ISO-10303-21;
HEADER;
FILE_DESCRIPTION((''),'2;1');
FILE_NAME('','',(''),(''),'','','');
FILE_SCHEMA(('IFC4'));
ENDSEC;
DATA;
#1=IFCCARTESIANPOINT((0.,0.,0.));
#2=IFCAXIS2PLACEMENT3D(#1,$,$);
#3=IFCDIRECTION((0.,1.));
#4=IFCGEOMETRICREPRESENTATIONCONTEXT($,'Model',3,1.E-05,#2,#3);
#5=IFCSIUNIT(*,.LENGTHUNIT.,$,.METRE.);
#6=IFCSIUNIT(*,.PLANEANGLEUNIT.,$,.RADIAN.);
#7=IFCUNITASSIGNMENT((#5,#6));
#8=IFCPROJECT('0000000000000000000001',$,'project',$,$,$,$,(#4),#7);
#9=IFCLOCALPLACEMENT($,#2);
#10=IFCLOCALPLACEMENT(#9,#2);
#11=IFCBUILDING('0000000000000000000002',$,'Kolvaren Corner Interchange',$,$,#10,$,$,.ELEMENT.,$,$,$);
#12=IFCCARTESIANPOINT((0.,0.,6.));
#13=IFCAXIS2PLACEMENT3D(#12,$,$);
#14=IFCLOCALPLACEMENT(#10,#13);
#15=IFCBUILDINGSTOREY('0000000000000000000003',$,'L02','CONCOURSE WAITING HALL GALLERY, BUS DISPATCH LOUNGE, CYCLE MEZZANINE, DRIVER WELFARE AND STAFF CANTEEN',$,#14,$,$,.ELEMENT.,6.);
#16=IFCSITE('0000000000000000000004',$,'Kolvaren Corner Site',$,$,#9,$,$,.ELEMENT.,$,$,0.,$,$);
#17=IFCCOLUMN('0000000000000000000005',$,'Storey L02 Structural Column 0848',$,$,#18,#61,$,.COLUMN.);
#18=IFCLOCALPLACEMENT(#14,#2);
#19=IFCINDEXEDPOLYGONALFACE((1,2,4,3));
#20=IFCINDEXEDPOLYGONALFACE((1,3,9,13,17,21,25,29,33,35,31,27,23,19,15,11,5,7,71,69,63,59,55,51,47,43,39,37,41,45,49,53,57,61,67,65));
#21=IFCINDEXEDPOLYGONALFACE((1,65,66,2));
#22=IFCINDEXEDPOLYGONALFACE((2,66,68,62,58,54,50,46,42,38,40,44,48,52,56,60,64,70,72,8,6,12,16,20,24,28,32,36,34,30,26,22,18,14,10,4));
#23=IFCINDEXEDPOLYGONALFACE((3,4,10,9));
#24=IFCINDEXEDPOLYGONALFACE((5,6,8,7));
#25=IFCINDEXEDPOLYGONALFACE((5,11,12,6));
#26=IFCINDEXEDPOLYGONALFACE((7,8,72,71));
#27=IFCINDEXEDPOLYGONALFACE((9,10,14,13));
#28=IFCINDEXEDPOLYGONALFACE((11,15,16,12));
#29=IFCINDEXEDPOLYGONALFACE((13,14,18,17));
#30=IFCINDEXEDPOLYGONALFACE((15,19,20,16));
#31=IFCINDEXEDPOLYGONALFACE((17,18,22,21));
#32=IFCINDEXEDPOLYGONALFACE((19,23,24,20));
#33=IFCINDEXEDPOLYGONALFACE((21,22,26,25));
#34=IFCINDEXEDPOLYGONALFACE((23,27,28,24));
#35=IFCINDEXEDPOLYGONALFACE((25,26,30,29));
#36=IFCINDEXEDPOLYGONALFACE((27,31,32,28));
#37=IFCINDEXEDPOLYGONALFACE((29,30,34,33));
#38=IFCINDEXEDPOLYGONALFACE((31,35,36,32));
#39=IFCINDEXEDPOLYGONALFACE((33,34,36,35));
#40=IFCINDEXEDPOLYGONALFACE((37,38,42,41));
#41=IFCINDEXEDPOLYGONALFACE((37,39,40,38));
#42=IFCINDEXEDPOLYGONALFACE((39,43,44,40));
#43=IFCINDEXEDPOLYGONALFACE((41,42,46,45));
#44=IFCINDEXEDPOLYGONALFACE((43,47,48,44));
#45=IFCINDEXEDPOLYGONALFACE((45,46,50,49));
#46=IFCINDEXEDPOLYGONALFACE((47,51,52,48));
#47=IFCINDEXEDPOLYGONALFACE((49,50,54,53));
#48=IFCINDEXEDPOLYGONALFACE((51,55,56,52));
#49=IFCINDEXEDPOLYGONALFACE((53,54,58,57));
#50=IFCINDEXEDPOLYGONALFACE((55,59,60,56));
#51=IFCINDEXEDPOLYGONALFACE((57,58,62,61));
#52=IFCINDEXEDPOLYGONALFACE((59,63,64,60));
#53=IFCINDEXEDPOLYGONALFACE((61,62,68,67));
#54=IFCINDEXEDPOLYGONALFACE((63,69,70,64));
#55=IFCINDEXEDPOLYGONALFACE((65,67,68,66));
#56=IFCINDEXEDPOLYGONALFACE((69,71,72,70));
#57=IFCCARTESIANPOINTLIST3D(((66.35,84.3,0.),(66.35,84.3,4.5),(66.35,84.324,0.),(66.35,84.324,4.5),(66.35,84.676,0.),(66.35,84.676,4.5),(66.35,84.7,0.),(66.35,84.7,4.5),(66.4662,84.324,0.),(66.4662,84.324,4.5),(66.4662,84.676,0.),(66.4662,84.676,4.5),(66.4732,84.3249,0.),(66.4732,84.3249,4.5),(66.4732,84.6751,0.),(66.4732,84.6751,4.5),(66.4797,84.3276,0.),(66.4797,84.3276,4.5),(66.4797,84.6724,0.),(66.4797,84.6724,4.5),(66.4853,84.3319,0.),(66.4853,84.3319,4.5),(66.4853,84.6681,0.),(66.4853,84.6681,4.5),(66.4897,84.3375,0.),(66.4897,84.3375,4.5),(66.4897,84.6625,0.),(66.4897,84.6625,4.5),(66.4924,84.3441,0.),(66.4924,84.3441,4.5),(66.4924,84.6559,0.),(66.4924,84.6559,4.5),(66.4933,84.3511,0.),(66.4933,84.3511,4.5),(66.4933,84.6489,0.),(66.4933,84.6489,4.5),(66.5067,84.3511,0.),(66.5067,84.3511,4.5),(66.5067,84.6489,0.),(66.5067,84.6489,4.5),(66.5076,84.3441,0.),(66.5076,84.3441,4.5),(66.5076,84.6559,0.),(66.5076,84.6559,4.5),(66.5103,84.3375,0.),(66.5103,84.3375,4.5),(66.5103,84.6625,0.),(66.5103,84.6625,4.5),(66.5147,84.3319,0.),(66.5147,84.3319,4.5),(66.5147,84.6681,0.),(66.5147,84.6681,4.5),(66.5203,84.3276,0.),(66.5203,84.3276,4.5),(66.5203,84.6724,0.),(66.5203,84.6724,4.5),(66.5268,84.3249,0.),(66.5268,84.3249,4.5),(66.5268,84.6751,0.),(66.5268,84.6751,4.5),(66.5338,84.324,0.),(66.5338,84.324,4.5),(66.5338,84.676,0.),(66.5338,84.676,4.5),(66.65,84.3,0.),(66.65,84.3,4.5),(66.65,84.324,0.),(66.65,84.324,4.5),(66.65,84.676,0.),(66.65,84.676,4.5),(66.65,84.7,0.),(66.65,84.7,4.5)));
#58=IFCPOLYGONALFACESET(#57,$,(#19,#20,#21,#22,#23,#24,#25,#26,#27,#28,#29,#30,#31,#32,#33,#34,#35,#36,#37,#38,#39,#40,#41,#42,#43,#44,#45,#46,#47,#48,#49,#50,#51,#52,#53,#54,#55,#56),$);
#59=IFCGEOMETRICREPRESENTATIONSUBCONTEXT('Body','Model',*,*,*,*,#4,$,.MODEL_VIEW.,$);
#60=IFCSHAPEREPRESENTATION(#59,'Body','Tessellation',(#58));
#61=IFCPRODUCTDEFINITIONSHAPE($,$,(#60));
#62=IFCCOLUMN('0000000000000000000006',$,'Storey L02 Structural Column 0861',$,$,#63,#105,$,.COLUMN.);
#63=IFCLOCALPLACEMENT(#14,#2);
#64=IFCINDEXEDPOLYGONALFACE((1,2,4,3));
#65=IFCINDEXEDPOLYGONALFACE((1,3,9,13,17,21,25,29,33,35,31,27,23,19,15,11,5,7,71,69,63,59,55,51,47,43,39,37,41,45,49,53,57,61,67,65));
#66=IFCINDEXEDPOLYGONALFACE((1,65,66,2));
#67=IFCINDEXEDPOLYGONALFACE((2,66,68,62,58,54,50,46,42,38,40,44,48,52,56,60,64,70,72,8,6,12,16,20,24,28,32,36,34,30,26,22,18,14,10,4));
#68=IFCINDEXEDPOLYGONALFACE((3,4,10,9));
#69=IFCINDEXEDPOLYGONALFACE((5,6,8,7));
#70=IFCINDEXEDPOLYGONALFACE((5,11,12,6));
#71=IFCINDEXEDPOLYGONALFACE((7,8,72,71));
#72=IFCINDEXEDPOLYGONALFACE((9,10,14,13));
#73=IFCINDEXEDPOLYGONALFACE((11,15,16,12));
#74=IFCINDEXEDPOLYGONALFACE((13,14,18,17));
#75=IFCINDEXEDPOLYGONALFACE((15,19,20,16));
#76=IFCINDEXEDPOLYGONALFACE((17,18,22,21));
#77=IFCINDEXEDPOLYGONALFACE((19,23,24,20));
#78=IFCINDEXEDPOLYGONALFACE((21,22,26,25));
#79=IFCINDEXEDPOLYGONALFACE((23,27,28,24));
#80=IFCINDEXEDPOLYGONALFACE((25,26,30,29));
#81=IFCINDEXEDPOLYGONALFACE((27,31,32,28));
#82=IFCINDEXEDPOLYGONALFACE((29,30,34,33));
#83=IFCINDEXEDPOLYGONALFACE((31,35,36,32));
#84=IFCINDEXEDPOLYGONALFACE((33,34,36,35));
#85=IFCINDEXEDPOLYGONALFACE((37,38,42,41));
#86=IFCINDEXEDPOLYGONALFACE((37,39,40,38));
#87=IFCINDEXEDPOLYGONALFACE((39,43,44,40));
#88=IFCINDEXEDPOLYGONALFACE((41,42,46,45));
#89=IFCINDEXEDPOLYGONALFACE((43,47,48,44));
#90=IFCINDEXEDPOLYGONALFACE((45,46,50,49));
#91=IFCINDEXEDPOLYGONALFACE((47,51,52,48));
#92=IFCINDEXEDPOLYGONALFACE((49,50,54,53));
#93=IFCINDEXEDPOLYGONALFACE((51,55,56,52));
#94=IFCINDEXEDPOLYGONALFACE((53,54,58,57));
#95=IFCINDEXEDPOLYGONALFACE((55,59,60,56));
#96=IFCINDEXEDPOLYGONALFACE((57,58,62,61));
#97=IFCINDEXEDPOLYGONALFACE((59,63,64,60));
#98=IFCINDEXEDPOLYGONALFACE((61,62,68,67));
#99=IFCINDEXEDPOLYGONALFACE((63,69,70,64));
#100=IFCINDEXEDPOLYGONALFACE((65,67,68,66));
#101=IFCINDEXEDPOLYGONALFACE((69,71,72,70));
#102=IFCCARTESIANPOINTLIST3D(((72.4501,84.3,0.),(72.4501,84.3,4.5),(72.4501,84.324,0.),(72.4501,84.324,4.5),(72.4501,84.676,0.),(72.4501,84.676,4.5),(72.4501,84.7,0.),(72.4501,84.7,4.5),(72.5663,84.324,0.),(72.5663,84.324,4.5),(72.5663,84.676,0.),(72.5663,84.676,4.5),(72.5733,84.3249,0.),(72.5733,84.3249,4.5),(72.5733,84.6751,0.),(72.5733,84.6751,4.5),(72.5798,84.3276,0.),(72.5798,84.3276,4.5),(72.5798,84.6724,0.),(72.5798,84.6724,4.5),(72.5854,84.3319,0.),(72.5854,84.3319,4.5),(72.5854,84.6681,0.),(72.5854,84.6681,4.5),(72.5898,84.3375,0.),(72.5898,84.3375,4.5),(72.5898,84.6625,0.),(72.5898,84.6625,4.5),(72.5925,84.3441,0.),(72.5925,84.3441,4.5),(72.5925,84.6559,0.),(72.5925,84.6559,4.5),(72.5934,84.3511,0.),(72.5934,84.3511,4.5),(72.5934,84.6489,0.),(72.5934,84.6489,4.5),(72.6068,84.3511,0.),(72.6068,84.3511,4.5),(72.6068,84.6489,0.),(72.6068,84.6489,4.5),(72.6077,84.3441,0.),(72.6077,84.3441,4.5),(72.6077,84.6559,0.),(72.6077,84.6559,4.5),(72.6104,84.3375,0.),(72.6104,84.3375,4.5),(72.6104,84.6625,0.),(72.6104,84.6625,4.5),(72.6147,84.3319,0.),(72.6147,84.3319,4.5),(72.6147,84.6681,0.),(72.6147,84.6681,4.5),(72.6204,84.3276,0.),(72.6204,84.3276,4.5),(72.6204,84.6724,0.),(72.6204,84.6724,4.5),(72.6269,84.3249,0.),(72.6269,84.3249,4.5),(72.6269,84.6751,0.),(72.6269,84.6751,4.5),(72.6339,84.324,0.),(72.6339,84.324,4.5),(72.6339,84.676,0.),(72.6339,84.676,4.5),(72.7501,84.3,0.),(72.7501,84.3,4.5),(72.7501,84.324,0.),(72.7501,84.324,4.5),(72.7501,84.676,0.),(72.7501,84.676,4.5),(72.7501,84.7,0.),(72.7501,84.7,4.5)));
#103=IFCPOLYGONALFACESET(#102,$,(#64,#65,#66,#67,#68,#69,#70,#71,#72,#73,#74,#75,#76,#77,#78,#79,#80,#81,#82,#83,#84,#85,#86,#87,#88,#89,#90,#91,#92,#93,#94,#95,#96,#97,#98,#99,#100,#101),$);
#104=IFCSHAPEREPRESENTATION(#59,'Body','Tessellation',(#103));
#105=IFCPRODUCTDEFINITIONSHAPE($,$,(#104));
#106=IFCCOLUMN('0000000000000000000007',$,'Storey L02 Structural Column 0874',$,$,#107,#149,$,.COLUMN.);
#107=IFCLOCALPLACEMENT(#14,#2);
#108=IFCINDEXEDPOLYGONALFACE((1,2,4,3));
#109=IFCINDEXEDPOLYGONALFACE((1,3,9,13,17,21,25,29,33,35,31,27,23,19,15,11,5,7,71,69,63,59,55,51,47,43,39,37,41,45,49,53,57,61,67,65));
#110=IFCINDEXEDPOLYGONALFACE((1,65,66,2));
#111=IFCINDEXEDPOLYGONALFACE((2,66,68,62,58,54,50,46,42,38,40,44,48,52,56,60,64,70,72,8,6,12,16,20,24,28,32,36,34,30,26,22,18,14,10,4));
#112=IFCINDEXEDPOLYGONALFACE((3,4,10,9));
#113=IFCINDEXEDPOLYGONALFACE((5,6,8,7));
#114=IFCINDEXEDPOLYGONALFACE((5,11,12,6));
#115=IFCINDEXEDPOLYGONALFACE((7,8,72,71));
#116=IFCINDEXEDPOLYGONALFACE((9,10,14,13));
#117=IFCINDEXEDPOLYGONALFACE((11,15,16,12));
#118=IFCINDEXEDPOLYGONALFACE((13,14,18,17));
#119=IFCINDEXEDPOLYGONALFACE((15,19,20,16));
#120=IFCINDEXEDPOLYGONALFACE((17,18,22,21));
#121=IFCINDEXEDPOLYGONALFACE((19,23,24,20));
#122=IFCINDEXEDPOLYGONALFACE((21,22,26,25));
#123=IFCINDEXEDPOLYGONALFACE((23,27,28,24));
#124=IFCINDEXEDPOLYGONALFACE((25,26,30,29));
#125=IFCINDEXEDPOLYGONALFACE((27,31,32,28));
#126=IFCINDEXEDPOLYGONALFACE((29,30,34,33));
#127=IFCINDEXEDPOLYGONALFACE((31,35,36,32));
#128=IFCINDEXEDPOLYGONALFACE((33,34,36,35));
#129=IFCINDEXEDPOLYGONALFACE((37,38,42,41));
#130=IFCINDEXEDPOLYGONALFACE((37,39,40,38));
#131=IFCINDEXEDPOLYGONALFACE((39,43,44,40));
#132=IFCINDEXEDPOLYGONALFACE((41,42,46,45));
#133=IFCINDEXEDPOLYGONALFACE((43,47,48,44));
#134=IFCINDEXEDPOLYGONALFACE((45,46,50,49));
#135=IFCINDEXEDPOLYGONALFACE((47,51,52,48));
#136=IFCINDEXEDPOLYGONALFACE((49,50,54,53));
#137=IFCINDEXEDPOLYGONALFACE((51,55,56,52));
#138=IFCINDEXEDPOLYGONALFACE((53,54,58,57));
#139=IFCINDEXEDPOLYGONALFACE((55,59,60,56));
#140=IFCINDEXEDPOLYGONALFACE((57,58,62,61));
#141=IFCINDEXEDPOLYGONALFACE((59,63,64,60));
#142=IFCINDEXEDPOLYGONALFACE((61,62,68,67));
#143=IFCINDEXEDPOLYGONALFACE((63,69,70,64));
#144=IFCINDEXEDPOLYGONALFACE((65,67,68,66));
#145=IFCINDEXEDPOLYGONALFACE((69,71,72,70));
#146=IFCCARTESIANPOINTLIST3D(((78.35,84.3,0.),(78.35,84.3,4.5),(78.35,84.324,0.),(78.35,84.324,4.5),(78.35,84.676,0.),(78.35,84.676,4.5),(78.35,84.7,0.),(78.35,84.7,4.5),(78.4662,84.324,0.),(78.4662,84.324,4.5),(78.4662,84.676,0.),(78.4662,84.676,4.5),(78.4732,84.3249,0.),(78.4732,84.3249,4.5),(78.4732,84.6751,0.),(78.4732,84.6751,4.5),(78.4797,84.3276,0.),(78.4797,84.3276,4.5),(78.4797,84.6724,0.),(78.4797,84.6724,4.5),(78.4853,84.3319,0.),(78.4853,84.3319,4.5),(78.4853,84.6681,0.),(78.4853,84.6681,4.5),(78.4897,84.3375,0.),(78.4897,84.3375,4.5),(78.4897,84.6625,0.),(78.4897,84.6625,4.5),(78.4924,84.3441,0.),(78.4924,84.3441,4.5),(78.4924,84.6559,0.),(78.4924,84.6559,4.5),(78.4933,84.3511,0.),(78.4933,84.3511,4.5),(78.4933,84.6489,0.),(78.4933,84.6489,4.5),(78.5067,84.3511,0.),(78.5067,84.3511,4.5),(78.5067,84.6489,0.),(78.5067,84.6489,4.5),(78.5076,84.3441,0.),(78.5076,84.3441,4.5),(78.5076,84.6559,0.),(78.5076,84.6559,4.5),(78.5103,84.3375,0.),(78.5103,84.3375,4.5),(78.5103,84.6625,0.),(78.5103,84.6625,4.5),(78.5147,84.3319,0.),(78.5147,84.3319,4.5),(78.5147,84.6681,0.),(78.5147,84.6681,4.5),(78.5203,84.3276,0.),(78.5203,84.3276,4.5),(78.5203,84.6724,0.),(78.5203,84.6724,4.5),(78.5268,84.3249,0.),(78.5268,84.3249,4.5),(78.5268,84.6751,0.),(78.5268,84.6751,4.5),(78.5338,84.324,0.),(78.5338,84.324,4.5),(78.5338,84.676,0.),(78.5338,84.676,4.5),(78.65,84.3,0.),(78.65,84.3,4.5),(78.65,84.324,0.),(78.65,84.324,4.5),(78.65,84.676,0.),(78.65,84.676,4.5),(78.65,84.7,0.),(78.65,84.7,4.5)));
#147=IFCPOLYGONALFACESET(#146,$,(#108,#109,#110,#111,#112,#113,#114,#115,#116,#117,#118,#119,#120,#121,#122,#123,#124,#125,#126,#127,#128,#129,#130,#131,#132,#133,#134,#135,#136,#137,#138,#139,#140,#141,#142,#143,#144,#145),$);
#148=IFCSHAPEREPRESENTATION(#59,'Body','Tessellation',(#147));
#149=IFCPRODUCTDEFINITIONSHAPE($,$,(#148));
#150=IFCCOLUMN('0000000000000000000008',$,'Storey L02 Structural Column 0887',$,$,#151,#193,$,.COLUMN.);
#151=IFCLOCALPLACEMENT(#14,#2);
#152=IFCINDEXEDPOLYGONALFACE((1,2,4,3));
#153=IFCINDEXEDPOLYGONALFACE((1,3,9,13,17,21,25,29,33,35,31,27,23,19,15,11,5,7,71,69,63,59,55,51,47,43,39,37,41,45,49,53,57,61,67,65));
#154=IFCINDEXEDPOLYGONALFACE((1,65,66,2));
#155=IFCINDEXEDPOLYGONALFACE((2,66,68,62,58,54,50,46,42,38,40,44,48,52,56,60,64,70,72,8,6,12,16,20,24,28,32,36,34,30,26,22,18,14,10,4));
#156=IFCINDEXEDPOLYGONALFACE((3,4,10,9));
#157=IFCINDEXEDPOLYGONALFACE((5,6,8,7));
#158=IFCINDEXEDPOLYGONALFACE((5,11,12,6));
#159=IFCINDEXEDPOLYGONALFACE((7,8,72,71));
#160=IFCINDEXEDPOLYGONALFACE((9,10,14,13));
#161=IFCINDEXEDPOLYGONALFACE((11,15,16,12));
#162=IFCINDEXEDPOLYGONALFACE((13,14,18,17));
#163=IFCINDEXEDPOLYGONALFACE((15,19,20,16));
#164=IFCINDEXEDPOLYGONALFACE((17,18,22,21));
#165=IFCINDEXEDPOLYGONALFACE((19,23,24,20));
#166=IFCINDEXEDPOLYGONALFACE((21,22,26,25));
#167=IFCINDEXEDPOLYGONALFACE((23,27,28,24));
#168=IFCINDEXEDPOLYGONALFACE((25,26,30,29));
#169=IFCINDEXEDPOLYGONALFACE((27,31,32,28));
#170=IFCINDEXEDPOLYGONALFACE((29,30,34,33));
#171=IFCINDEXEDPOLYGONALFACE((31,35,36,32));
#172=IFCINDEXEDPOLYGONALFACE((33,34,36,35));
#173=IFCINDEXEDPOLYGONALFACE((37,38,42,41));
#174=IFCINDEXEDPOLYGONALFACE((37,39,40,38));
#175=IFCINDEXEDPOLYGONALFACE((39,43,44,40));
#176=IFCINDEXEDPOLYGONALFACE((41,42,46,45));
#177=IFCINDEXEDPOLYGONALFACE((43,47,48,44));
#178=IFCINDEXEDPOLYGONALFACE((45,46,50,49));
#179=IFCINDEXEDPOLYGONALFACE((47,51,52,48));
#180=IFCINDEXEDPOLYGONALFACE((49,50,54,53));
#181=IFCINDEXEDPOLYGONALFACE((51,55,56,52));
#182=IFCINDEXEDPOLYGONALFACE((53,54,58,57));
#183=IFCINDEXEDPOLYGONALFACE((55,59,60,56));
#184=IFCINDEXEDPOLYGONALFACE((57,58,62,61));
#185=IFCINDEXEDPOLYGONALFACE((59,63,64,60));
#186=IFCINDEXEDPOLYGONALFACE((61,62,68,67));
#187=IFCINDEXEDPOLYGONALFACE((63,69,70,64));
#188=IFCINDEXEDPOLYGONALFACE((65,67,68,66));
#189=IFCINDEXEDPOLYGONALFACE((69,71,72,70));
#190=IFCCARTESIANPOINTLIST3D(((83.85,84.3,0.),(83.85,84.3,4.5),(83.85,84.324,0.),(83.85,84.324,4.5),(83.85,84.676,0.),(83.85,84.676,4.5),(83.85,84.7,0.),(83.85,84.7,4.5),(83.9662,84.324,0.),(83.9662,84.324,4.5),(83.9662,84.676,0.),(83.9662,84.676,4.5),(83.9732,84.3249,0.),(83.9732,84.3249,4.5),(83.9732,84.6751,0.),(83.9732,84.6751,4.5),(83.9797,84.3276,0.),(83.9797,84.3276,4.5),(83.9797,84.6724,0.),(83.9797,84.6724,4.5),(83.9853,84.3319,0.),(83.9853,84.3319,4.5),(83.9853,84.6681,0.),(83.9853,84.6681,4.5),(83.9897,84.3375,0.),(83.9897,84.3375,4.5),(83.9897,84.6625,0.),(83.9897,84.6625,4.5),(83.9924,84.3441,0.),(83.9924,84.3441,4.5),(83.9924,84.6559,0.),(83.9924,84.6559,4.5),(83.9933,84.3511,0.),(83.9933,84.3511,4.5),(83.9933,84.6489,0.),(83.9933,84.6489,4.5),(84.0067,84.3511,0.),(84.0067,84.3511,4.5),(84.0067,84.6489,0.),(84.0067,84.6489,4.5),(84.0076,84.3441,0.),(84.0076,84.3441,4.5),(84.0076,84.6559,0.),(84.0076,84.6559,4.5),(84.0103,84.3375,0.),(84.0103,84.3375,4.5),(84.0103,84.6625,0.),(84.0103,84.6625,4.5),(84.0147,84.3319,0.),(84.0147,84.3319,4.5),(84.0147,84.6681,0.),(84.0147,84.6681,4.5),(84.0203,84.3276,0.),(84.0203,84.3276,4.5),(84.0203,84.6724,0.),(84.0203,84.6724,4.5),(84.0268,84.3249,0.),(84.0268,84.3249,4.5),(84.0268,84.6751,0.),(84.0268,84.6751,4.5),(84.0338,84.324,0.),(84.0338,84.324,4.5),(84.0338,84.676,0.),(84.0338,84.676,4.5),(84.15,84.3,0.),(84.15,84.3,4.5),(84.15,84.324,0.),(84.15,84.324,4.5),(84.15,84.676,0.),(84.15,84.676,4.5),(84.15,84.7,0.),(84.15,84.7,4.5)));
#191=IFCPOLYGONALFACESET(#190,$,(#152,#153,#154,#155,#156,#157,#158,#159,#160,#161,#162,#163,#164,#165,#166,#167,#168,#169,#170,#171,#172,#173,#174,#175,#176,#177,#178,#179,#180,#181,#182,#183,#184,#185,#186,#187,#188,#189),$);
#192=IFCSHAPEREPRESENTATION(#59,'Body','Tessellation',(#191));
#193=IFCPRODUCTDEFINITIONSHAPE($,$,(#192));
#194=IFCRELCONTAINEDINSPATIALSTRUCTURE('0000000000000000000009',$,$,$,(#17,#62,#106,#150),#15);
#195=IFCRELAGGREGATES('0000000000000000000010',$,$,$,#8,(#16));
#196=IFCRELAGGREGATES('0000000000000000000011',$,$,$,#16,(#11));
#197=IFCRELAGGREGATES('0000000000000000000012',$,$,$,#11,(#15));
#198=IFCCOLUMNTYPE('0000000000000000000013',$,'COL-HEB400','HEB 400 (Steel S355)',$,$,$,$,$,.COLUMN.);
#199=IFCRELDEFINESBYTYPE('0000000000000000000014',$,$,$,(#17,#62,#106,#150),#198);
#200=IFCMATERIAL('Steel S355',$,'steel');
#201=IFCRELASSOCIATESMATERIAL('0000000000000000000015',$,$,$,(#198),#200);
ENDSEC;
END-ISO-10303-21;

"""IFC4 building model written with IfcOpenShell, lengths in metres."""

from ifc_helpers import new_model, si_unit, direction, frame, origin, origin_2d, place, context, subcontext, project, spatial, i_section, extrude, material, material_profile, profile_set, type_object, element, save


model = new_model("IFC4")

# Units and contexts
model_context = context("Model", 3, precision=1e-05, world=origin(), true_north=direction((0.0, 1.0)))
body_context = subcontext(model_context, "Body", "Model", "MODEL_VIEW")
ifc_project = project(units=[si_unit("LENGTHUNIT", "METRE"), si_unit("PLANEANGLEUNIT", "RADIAN")], contexts=[model_context])

# Site, building, storey
site_placement = place(None, origin())
site = spatial("IfcSite", under=ifc_project, at=site_placement, Name="Kolvaren Corner Site", CompositionType="ELEMENT", RefElevation=0.0)
building_placement = place(site_placement, origin())
building = spatial("IfcBuilding", under=site, at=building_placement, Name="Kolvaren Corner Interchange", CompositionType="ELEMENT")
storey_placement = place(building_placement, frame((0.0, 0.0, 6.0)))
storey = spatial("IfcBuildingStorey", under=building, at=storey_placement, Name="L02", Description="CONCOURSE WAITING HALL GALLERY, BUS DISPATCH LOUNGE, CYCLE MEZZANINE, DRIVER WELFARE AND STAFF CANTEEN", CompositionType="ELEMENT", Elevation=6.0)

# Columns
ifc_material_1 = material(Name="Steel S355", Category="steel")
ifc_material_profile_1 = material_profile(ifc_material_1, i_section(OverallWidth=0.3, OverallDepth=0.3999, WebThickness=0.0134, FlangeThickness=0.0239, FilletRadius=0.0271, at=origin_2d()), Name="HEB 400")
ifc_profile_set_1 = profile_set([ifc_material_profile_1], Name="Steel S355")
column_type = type_object("IfcColumnType", Name="COL-HEB400", Description="HEB 400 (Steel S355)", PredefinedType="COLUMN", material=ifc_profile_set_1)
for number, where, z_axis, x_axis, name in (
    (1, (66.5, 84.5, 0.0), (0.0, 0.0, 1.0), (1.0, 0.0, 0.0), "Storey L02 Structural Column 0848"),
    (2, (72.6001, 84.5, 0.0), (0.0, 0.0, 1.0), (1.0, 0.0, 0.0), "Storey L02 Structural Column 0861"),
    (3, (78.5, 84.5, 0.0), (0.0, 0.0, 1.0), (1.0, 0.0, 0.0), "Storey L02 Structural Column 0874"),
    (4, (84.0, 84.5, 0.0), (0.0, 0.0, 1.0), (1.0, 0.0, 0.0), "Storey L02 Structural Column 0887"),
):
    element("IfcColumn", number, at=place(storey_placement, frame(where, z_axis=z_axis, x_axis=x_axis)), inside=storey, type_object=column_type, Name=name, PredefinedType="COLUMN", context=body_context, shape_type="SweptSolid", body=[
        extrude(i_section(OverallWidth=0.3, OverallDepth=0.3999, WebThickness=0.0134, FlangeThickness=0.0239, FilletRadius=0.0271, at=origin_2d()), origin(), (0.0, 0.0, 1.0), 4.5),
    ])

save(model, "model.ifc")
